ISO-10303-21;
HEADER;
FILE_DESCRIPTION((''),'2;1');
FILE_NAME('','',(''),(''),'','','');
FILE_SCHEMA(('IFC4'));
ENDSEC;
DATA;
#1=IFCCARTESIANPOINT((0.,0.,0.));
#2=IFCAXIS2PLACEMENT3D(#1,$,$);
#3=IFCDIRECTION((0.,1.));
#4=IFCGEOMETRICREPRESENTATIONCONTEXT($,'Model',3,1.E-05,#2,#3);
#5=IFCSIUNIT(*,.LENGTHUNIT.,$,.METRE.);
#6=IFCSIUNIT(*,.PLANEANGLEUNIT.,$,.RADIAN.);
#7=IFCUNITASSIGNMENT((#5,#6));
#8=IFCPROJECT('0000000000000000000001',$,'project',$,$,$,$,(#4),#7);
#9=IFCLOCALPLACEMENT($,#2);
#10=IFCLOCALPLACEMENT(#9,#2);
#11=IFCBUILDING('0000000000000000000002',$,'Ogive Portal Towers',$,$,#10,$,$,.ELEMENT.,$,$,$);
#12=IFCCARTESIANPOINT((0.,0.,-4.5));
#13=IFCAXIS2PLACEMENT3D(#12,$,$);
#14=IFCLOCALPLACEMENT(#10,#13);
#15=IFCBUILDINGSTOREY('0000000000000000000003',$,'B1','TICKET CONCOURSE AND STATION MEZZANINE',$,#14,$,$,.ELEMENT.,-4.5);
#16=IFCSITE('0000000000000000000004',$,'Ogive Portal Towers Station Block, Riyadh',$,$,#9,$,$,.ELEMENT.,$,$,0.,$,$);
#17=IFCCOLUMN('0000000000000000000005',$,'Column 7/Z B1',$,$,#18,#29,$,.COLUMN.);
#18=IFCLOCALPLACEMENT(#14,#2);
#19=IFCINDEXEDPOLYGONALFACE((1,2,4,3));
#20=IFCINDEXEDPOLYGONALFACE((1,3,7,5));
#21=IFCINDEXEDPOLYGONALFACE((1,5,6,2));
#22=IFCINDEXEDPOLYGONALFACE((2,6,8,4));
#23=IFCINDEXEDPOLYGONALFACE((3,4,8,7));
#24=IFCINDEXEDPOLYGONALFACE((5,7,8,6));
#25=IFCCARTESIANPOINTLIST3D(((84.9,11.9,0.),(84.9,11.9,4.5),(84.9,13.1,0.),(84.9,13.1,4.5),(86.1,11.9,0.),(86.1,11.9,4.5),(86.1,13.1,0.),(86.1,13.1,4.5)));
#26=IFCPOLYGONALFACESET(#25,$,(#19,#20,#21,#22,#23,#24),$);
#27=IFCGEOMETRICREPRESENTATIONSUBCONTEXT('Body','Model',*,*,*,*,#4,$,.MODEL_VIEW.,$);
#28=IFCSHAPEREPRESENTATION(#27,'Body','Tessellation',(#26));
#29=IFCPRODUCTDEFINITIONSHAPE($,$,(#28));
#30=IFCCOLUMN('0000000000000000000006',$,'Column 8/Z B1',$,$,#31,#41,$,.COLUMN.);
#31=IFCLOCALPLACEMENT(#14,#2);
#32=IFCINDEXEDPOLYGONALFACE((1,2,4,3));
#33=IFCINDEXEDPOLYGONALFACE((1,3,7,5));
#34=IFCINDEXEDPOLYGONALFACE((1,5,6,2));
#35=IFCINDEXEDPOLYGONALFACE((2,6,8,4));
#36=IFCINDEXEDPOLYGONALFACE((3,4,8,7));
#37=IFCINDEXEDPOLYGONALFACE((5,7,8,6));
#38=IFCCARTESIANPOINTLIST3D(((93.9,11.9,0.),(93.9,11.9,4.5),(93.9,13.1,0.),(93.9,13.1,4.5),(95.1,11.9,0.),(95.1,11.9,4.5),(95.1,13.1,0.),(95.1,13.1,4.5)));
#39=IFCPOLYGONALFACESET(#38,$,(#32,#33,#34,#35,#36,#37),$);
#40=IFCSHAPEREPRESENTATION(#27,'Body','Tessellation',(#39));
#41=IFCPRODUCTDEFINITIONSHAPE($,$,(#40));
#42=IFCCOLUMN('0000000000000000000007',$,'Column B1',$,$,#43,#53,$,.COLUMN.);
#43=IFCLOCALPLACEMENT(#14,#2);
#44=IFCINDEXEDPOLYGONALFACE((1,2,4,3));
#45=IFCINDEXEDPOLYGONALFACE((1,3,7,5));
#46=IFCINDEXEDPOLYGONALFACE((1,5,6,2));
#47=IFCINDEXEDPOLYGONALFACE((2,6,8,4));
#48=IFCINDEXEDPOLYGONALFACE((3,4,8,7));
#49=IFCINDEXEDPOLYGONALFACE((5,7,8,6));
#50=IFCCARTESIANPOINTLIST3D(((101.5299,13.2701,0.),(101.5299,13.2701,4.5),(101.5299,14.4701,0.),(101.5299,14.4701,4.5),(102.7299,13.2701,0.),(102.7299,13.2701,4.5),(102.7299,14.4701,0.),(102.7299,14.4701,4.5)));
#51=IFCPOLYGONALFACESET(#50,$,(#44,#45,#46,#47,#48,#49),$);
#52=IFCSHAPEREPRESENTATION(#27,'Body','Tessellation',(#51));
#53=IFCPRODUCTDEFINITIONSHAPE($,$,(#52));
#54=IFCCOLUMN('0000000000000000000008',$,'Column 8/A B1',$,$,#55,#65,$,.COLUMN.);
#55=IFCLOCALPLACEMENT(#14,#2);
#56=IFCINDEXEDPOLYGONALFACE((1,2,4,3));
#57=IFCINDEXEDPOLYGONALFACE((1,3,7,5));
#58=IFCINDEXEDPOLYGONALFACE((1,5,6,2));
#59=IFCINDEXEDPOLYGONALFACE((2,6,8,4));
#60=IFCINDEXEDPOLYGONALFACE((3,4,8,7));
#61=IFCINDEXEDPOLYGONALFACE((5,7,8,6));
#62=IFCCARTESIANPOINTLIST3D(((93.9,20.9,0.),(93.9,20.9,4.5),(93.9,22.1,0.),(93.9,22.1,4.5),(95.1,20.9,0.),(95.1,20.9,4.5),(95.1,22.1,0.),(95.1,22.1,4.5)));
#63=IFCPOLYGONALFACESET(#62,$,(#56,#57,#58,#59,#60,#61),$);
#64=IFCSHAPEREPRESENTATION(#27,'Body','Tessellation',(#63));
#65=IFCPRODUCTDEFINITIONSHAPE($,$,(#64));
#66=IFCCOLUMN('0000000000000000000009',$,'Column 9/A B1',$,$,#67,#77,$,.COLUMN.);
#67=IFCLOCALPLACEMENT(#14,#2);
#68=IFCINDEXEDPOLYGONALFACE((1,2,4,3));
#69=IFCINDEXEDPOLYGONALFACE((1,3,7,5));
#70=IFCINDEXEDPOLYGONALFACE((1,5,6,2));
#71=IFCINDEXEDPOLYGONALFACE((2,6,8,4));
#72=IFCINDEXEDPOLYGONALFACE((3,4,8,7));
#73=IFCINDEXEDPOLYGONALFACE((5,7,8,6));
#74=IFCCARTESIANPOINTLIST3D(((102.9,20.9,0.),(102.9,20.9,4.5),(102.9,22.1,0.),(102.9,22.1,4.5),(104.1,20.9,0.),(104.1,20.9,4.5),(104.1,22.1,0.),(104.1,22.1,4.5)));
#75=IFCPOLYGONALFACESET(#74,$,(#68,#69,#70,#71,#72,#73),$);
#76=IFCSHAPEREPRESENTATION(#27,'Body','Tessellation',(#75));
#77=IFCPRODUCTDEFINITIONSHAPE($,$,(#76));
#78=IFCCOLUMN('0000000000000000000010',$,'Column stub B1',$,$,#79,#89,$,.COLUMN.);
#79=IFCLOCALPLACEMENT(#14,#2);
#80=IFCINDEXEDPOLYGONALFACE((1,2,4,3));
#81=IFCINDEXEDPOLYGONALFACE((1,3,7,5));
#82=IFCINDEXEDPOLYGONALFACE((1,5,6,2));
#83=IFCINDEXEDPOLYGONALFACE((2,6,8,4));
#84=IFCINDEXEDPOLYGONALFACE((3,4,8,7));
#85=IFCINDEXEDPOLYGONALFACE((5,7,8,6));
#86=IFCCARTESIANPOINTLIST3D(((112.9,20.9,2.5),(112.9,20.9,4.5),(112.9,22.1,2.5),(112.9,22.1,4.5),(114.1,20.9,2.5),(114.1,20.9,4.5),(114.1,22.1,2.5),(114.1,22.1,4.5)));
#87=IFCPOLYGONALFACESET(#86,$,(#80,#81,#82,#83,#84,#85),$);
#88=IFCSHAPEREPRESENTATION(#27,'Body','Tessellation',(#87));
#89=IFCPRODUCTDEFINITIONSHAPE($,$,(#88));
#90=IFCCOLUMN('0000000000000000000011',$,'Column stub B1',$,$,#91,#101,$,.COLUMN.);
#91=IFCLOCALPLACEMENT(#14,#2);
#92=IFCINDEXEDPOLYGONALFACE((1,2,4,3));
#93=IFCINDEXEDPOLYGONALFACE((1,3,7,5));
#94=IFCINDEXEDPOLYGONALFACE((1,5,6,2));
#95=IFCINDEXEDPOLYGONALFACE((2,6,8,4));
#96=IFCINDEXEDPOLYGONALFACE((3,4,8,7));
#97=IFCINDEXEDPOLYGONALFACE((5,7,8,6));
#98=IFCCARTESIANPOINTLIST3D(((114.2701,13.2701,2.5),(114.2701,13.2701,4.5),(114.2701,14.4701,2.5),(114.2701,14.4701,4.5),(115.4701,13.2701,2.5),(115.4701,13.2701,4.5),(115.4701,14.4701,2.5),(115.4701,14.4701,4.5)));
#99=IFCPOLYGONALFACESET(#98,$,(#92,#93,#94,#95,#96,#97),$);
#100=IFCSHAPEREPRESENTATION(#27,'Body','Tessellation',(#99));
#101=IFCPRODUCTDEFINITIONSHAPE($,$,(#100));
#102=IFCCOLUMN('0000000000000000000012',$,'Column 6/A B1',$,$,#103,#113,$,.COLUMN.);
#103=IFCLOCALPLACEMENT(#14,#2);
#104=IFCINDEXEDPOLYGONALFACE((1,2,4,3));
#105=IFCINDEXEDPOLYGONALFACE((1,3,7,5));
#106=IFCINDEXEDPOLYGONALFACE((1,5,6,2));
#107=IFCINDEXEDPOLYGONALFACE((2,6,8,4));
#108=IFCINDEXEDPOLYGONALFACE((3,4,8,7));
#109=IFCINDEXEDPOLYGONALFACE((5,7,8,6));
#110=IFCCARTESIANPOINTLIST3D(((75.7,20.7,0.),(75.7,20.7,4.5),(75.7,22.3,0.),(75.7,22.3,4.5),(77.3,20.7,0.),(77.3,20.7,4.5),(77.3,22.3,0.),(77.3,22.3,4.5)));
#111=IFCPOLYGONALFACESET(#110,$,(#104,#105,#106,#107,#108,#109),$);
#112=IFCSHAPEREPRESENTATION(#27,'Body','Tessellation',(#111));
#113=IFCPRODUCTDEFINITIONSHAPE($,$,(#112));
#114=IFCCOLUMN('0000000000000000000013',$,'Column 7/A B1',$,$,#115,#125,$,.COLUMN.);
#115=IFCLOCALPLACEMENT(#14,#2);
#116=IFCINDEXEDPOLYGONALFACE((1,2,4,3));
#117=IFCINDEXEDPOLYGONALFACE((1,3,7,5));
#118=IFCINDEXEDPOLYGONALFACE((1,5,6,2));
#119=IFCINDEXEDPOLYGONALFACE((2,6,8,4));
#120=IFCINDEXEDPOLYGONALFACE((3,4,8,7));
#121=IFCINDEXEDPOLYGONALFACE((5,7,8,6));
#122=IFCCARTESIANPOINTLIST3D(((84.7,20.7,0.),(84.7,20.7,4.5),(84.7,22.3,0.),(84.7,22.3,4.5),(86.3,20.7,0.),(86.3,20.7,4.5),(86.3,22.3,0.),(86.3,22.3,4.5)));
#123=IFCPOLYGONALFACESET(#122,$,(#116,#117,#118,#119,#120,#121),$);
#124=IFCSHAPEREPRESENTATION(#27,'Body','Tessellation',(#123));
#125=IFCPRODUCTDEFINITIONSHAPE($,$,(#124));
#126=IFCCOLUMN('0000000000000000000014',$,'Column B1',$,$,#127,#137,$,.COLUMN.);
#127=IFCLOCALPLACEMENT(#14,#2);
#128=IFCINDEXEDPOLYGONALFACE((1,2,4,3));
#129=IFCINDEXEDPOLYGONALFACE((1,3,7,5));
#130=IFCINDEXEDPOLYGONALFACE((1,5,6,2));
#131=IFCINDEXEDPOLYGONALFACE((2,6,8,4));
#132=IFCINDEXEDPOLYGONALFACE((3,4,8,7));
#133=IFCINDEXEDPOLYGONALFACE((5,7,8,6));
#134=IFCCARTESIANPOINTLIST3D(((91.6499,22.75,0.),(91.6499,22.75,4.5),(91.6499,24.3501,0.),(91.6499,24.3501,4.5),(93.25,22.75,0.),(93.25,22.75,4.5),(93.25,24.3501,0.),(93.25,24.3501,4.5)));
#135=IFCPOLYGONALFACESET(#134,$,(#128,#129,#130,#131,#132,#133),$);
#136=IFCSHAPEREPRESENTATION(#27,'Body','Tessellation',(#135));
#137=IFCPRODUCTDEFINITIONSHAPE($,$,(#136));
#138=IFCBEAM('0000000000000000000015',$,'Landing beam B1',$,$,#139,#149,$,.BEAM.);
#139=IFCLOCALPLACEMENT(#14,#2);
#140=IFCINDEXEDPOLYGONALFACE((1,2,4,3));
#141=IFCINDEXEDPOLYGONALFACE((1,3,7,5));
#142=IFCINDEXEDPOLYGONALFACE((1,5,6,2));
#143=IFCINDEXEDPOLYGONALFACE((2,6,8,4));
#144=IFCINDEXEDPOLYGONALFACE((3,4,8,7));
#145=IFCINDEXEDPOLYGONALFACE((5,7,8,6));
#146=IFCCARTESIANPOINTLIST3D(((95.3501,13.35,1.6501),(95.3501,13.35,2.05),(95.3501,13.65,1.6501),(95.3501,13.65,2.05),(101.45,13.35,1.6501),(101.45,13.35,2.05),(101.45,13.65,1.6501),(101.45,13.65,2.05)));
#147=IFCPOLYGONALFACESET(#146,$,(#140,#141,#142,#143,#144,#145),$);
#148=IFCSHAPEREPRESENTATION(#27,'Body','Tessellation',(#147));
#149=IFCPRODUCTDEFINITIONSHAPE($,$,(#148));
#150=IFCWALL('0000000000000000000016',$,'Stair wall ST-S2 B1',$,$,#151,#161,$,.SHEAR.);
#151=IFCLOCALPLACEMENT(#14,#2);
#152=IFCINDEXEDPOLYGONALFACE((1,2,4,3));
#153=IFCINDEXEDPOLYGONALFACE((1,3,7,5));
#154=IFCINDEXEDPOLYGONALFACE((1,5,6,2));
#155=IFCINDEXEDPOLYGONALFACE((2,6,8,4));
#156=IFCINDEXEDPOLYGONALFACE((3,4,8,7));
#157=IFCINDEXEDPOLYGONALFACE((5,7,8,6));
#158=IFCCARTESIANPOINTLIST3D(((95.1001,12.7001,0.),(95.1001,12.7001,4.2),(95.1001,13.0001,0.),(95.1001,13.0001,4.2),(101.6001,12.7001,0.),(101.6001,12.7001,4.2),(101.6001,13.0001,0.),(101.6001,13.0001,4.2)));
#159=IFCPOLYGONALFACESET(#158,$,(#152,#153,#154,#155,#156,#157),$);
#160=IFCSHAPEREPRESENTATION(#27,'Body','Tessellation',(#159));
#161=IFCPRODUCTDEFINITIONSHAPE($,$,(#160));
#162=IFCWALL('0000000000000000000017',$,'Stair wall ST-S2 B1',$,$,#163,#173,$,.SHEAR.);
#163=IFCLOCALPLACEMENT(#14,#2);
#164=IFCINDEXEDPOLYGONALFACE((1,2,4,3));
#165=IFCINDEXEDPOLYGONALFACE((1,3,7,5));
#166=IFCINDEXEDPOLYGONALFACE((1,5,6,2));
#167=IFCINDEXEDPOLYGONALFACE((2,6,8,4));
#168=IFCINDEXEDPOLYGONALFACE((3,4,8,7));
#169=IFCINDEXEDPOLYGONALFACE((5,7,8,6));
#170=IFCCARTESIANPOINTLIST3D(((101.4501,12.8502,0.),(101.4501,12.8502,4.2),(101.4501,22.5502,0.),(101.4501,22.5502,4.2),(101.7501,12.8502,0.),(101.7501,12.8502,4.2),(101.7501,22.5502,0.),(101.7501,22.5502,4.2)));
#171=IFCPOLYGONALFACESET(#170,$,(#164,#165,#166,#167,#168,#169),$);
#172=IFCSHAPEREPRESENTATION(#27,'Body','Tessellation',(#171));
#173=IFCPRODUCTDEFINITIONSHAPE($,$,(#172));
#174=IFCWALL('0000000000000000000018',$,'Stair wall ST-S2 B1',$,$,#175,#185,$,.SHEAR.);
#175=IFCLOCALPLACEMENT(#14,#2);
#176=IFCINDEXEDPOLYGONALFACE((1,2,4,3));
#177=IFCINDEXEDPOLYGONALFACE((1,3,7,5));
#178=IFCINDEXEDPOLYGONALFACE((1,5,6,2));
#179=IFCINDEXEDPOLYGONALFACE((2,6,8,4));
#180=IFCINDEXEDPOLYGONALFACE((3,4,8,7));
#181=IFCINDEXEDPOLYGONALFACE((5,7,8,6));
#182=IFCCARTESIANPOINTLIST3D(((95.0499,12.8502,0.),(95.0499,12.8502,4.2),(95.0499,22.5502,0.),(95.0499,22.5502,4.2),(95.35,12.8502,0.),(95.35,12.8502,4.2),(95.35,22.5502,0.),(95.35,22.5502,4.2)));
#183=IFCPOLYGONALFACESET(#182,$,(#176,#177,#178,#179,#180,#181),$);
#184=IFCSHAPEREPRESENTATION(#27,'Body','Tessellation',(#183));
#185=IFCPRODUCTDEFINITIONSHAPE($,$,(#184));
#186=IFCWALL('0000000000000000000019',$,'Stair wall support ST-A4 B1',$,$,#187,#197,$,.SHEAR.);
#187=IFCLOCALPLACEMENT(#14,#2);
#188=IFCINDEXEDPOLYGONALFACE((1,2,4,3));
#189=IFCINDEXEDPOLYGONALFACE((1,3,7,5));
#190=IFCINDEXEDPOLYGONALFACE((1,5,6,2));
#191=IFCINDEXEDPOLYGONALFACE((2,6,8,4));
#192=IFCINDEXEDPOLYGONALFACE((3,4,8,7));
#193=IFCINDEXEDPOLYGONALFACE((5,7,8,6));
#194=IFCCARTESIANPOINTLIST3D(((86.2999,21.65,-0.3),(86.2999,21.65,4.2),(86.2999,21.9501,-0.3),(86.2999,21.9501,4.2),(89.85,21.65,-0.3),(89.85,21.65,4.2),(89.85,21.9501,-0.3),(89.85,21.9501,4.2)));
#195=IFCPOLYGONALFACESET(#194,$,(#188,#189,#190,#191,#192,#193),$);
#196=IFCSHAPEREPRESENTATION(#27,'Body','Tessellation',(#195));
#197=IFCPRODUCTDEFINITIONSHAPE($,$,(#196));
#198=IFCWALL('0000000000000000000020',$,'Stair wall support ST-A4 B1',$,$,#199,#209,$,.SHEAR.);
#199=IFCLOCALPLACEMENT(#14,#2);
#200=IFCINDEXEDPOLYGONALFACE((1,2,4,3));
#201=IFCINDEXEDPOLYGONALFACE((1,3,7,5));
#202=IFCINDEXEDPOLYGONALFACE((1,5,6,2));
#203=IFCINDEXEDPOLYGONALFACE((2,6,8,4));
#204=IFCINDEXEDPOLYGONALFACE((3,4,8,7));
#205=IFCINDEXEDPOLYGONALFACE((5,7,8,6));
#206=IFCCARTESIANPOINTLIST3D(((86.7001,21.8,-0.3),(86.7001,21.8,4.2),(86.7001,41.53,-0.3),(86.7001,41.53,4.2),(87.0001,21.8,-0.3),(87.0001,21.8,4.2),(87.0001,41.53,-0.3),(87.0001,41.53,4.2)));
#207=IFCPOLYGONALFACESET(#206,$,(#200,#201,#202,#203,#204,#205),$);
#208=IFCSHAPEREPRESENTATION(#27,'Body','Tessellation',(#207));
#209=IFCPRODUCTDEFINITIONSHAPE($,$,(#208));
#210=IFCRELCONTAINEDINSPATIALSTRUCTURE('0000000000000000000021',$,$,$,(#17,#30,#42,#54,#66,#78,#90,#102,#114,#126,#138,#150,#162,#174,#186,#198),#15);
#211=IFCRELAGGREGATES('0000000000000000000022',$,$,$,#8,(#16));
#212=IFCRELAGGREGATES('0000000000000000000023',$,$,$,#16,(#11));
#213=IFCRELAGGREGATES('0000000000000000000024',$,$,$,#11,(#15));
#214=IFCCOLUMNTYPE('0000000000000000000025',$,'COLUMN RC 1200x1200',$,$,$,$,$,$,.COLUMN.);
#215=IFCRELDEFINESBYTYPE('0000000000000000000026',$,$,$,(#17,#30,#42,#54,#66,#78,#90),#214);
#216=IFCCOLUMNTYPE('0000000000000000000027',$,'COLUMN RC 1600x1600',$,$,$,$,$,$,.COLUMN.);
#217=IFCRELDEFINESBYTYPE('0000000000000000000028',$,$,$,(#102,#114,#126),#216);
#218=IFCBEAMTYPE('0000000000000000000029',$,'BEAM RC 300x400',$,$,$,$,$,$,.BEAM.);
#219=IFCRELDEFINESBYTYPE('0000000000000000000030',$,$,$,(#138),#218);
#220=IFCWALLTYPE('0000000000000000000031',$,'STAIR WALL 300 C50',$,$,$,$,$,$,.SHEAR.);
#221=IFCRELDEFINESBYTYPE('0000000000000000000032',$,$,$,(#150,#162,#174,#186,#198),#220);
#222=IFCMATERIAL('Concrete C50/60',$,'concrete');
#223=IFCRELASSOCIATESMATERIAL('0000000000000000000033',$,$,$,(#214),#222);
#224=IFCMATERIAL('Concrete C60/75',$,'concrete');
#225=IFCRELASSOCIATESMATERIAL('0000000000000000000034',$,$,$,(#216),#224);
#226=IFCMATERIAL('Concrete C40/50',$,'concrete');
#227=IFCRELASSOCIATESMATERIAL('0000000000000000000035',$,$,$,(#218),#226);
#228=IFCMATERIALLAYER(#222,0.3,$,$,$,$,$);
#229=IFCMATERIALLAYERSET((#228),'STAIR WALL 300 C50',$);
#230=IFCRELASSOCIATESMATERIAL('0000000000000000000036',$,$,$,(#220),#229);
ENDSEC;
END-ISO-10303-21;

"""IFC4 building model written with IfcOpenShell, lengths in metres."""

from ifc_helpers import new_model, si_unit, direction, frame, frame_2d, origin, origin_2d, place, context, subcontext, project, spatial, rectangle, extrude, material, layer, layer_set, material_profile, profile_set, type_object, element, save


model = new_model("IFC4")

# Units and contexts
model_context = context("Model", 3, precision=1e-05, world=origin(), true_north=direction((0.0, 1.0)))
body_context = subcontext(model_context, "Body", "Model", "MODEL_VIEW")
ifc_project = project(units=[si_unit("LENGTHUNIT", "METRE"), si_unit("PLANEANGLEUNIT", "RADIAN")], contexts=[model_context])

# Site, building, storey
site_placement = place(None, origin())
site = spatial("IfcSite", under=ifc_project, at=site_placement, Name="Ogive Portal Towers Station Block, Riyadh", CompositionType="ELEMENT", RefElevation=0.0)
building_placement = place(site_placement, origin())
building = spatial("IfcBuilding", under=site, at=building_placement, Name="Ogive Portal Towers", CompositionType="ELEMENT")
storey_placement = place(building_placement, frame((0.0, 0.0, -4.5)))
storey = spatial("IfcBuildingStorey", under=building, at=storey_placement, Name="B1", Description="TICKET CONCOURSE AND STATION MEZZANINE", CompositionType="ELEMENT", Elevation=-4.5)

# Columns
ifc_material_1 = material(Name="Concrete C50/60", Category="concrete")
ifc_material_profile_1 = material_profile(ifc_material_1, rectangle(XDim=1.2, YDim=1.2, at=origin_2d()), Name="RC 1200x1200")
ifc_profile_set_1 = profile_set([ifc_material_profile_1], Name="Concrete C50/60")
column_type_1 = type_object("IfcColumnType", Name="COLUMN RC 1200x1200", PredefinedType="COLUMN", material=ifc_profile_set_1)
for number, where, z_axis, x_axis, name in (
    (1, (85.5, 12.5, 0.0), (0.0, 0.0, 1.0), (1.0, 0.0, 0.0), "Column 7/Z B1"),
    (2, (94.5, 12.5, 0.0), (0.0, 0.0, 1.0), (1.0, 0.0, 0.0), "Column 8/Z B1"),
    (3, (102.1299, 13.8701, 0.0), (0.0, 0.0, 1.0), (1.0, 0.0, 0.0), "Column B1"),
    (4, (94.5, 21.5, 0.0), (0.0, 0.0, 1.0), (1.0, 0.0, 0.0), "Column 8/A B1"),
    (5, (103.5, 21.5, 0.0), (0.0, 0.0, 1.0), (1.0, 0.0, 0.0), "Column 9/A B1"),
):
    element("IfcColumn", number, at=place(storey_placement, frame(where, z_axis=z_axis, x_axis=x_axis)), inside=storey, type_object=column_type_1, Name=name, PredefinedType="COLUMN", context=body_context, shape_type="SweptSolid", body=[
        extrude(rectangle(XDim=1.2, YDim=1.2, at=origin_2d()), origin(), (0.0, 0.0, 1.0), 4.5),
    ])
for number, where, z_axis, x_axis, name in (
    (6, (113.5, 21.5, 2.5), (0.0, 0.0, 1.0), (1.0, 0.0, 0.0), "Column stub B1"),
    (7, (114.8701, 13.8701, 2.5), (0.0, 0.0, 1.0), (1.0, 0.0, 0.0), "Column stub B1"),
):
    element("IfcColumn", number, at=place(storey_placement, frame(where, z_axis=z_axis, x_axis=x_axis)), inside=storey, type_object=column_type_1, Name=name, PredefinedType="COLUMN", context=body_context, shape_type="SweptSolid", body=[
        extrude(rectangle(XDim=1.2, YDim=1.2, at=origin_2d()), origin(), (0.0, 0.0, 1.0), 2.0),
    ])
ifc_material_2 = material(Name="Concrete C60/75", Category="concrete")
ifc_material_profile_2 = material_profile(ifc_material_2, rectangle(XDim=1.6001, YDim=1.6001, at=origin_2d()), Name="RC 1600x1600")
ifc_profile_set_2 = profile_set([ifc_material_profile_2], Name="Concrete C60/75")
column_type_2 = type_object("IfcColumnType", Name="COLUMN RC 1600x1600", PredefinedType="COLUMN", material=ifc_profile_set_2)
for number, where, z_axis, x_axis, name in (
    (8, (76.5, 21.5, 0.0), (0.0, 0.0, 1.0), (1.0, 0.0, 0.0), "Column 6/A B1"),
    (9, (85.5, 21.5, 0.0), (0.0, 0.0, 1.0), (1.0, 0.0, 0.0), "Column 7/A B1"),
    (10, (92.45, 23.55, 0.0), (0.0, 0.0, 1.0), (1.0, 0.0, 0.0), "Column B1"),
):
    element("IfcColumn", number, at=place(storey_placement, frame(where, z_axis=z_axis, x_axis=x_axis)), inside=storey, type_object=column_type_2, Name=name, PredefinedType="COLUMN", context=body_context, shape_type="SweptSolid", body=[
        extrude(rectangle(XDim=1.6001, YDim=1.6001, at=origin_2d()), origin(), (0.0, 0.0, 1.0), 4.5),
    ])

# Beam
ifc_material_3 = material(Name="Concrete C40/50", Category="concrete")
ifc_material_profile_3 = material_profile(ifc_material_3, rectangle(XDim=0.3, YDim=0.3999, at=origin_2d()), Name="RC 300x400")
ifc_profile_set_3 = profile_set([ifc_material_profile_3], Name="Concrete C40/50")
beam_type = type_object("IfcBeamType", Name="BEAM RC 300x400", PredefinedType="BEAM", material=ifc_profile_set_3)
beam_placement = place(storey_placement, frame((95.3501, 13.5, 1.8501), z_axis=(1.0, 0.0, 0.0), x_axis=(0.0, 1.0, 0.0)))
element("IfcBeam", 11, at=beam_placement, inside=storey, type_object=beam_type, Name="Landing beam B1", PredefinedType="BEAM", context=body_context, shape_type="SweptSolid", body=[
    extrude(rectangle(XDim=0.3, YDim=0.3999, at=origin_2d()), origin(), (0.0, 0.0, 1.0), 6.0999),
])

# Walls
ifc_layer_1 = layer(ifc_material_1, 0.3)
ifc_layer_set_1 = layer_set([ifc_layer_1], Name="STAIR WALL 300 C50")
wall_type_1 = type_object("IfcWallType", Name="STAIR WALL 300 C50", PredefinedType="SHEAR", material=ifc_layer_set_1)
wall_1_placement = place(storey_placement, frame((95.1001, 12.8501, 0.0), z_axis=(0.0, 0.0, 1.0), x_axis=(1.0, 0.0, 0.0)))
element("IfcWall", 12, at=wall_1_placement, inside=storey, type_object=wall_type_1, Name="Stair wall ST-S2 B1", PredefinedType="SHEAR", context=body_context, shape_type="SweptSolid", body=[
    extrude(rectangle(XDim=6.5, YDim=0.3, at=frame_2d((3.25, 0.0))), origin(), (0.0, 0.0, 1.0), 4.2),
])
for number, where, z_axis, x_axis, name in (
    (13, (101.6001, 12.8501, 0.0), (0.0, 0.0, 1.0), (0.0, 1.0, 0.0), "Stair wall ST-S2 B1"),
    (14, (95.2, 12.8501, 0.0), (0.0, 0.0, 1.0), (0.0, 1.0, 0.0), "Stair wall ST-S2 B1"),
):
    element("IfcWall", number, at=place(storey_placement, frame(where, z_axis=z_axis, x_axis=x_axis)), inside=storey, type_object=wall_type_1, Name=name, PredefinedType="SHEAR", context=body_context, shape_type="SweptSolid", body=[
        extrude(rectangle(XDim=9.7, YDim=0.3, at=frame_2d((4.8501, 0.0))), origin(), (0.0, 0.0, 1.0), 4.2),
    ])
wall_2_placement = place(storey_placement, frame((86.3, 21.8, -0.3), z_axis=(0.0, 0.0, 1.0), x_axis=(1.0, 0.0, 0.0)))
element("IfcWall", 15, at=wall_2_placement, inside=storey, type_object=wall_type_1, Name="Stair wall support ST-A4 B1", PredefinedType="SHEAR", context=body_context, shape_type="SweptSolid", body=[
    extrude(rectangle(XDim=3.55, YDim=0.3, at=frame_2d((1.7749, 0.0))), origin(), (0.0, 0.0, 1.0), 4.5),
])
wall_3_placement = place(storey_placement, frame((86.8501, 21.8, -0.3), z_axis=(0.0, 0.0, 1.0), x_axis=(0.0, 1.0, 0.0)))
element("IfcWall", 16, at=wall_3_placement, inside=storey, type_object=wall_type_1, Name="Stair wall support ST-A4 B1", PredefinedType="SHEAR", context=body_context, shape_type="SweptSolid", body=[
    extrude(rectangle(XDim=19.73, YDim=0.3, at=frame_2d((9.865, 0.0))), origin(), (0.0, 0.0, 1.0), 4.5),
])

save(model, "model.ifc")
